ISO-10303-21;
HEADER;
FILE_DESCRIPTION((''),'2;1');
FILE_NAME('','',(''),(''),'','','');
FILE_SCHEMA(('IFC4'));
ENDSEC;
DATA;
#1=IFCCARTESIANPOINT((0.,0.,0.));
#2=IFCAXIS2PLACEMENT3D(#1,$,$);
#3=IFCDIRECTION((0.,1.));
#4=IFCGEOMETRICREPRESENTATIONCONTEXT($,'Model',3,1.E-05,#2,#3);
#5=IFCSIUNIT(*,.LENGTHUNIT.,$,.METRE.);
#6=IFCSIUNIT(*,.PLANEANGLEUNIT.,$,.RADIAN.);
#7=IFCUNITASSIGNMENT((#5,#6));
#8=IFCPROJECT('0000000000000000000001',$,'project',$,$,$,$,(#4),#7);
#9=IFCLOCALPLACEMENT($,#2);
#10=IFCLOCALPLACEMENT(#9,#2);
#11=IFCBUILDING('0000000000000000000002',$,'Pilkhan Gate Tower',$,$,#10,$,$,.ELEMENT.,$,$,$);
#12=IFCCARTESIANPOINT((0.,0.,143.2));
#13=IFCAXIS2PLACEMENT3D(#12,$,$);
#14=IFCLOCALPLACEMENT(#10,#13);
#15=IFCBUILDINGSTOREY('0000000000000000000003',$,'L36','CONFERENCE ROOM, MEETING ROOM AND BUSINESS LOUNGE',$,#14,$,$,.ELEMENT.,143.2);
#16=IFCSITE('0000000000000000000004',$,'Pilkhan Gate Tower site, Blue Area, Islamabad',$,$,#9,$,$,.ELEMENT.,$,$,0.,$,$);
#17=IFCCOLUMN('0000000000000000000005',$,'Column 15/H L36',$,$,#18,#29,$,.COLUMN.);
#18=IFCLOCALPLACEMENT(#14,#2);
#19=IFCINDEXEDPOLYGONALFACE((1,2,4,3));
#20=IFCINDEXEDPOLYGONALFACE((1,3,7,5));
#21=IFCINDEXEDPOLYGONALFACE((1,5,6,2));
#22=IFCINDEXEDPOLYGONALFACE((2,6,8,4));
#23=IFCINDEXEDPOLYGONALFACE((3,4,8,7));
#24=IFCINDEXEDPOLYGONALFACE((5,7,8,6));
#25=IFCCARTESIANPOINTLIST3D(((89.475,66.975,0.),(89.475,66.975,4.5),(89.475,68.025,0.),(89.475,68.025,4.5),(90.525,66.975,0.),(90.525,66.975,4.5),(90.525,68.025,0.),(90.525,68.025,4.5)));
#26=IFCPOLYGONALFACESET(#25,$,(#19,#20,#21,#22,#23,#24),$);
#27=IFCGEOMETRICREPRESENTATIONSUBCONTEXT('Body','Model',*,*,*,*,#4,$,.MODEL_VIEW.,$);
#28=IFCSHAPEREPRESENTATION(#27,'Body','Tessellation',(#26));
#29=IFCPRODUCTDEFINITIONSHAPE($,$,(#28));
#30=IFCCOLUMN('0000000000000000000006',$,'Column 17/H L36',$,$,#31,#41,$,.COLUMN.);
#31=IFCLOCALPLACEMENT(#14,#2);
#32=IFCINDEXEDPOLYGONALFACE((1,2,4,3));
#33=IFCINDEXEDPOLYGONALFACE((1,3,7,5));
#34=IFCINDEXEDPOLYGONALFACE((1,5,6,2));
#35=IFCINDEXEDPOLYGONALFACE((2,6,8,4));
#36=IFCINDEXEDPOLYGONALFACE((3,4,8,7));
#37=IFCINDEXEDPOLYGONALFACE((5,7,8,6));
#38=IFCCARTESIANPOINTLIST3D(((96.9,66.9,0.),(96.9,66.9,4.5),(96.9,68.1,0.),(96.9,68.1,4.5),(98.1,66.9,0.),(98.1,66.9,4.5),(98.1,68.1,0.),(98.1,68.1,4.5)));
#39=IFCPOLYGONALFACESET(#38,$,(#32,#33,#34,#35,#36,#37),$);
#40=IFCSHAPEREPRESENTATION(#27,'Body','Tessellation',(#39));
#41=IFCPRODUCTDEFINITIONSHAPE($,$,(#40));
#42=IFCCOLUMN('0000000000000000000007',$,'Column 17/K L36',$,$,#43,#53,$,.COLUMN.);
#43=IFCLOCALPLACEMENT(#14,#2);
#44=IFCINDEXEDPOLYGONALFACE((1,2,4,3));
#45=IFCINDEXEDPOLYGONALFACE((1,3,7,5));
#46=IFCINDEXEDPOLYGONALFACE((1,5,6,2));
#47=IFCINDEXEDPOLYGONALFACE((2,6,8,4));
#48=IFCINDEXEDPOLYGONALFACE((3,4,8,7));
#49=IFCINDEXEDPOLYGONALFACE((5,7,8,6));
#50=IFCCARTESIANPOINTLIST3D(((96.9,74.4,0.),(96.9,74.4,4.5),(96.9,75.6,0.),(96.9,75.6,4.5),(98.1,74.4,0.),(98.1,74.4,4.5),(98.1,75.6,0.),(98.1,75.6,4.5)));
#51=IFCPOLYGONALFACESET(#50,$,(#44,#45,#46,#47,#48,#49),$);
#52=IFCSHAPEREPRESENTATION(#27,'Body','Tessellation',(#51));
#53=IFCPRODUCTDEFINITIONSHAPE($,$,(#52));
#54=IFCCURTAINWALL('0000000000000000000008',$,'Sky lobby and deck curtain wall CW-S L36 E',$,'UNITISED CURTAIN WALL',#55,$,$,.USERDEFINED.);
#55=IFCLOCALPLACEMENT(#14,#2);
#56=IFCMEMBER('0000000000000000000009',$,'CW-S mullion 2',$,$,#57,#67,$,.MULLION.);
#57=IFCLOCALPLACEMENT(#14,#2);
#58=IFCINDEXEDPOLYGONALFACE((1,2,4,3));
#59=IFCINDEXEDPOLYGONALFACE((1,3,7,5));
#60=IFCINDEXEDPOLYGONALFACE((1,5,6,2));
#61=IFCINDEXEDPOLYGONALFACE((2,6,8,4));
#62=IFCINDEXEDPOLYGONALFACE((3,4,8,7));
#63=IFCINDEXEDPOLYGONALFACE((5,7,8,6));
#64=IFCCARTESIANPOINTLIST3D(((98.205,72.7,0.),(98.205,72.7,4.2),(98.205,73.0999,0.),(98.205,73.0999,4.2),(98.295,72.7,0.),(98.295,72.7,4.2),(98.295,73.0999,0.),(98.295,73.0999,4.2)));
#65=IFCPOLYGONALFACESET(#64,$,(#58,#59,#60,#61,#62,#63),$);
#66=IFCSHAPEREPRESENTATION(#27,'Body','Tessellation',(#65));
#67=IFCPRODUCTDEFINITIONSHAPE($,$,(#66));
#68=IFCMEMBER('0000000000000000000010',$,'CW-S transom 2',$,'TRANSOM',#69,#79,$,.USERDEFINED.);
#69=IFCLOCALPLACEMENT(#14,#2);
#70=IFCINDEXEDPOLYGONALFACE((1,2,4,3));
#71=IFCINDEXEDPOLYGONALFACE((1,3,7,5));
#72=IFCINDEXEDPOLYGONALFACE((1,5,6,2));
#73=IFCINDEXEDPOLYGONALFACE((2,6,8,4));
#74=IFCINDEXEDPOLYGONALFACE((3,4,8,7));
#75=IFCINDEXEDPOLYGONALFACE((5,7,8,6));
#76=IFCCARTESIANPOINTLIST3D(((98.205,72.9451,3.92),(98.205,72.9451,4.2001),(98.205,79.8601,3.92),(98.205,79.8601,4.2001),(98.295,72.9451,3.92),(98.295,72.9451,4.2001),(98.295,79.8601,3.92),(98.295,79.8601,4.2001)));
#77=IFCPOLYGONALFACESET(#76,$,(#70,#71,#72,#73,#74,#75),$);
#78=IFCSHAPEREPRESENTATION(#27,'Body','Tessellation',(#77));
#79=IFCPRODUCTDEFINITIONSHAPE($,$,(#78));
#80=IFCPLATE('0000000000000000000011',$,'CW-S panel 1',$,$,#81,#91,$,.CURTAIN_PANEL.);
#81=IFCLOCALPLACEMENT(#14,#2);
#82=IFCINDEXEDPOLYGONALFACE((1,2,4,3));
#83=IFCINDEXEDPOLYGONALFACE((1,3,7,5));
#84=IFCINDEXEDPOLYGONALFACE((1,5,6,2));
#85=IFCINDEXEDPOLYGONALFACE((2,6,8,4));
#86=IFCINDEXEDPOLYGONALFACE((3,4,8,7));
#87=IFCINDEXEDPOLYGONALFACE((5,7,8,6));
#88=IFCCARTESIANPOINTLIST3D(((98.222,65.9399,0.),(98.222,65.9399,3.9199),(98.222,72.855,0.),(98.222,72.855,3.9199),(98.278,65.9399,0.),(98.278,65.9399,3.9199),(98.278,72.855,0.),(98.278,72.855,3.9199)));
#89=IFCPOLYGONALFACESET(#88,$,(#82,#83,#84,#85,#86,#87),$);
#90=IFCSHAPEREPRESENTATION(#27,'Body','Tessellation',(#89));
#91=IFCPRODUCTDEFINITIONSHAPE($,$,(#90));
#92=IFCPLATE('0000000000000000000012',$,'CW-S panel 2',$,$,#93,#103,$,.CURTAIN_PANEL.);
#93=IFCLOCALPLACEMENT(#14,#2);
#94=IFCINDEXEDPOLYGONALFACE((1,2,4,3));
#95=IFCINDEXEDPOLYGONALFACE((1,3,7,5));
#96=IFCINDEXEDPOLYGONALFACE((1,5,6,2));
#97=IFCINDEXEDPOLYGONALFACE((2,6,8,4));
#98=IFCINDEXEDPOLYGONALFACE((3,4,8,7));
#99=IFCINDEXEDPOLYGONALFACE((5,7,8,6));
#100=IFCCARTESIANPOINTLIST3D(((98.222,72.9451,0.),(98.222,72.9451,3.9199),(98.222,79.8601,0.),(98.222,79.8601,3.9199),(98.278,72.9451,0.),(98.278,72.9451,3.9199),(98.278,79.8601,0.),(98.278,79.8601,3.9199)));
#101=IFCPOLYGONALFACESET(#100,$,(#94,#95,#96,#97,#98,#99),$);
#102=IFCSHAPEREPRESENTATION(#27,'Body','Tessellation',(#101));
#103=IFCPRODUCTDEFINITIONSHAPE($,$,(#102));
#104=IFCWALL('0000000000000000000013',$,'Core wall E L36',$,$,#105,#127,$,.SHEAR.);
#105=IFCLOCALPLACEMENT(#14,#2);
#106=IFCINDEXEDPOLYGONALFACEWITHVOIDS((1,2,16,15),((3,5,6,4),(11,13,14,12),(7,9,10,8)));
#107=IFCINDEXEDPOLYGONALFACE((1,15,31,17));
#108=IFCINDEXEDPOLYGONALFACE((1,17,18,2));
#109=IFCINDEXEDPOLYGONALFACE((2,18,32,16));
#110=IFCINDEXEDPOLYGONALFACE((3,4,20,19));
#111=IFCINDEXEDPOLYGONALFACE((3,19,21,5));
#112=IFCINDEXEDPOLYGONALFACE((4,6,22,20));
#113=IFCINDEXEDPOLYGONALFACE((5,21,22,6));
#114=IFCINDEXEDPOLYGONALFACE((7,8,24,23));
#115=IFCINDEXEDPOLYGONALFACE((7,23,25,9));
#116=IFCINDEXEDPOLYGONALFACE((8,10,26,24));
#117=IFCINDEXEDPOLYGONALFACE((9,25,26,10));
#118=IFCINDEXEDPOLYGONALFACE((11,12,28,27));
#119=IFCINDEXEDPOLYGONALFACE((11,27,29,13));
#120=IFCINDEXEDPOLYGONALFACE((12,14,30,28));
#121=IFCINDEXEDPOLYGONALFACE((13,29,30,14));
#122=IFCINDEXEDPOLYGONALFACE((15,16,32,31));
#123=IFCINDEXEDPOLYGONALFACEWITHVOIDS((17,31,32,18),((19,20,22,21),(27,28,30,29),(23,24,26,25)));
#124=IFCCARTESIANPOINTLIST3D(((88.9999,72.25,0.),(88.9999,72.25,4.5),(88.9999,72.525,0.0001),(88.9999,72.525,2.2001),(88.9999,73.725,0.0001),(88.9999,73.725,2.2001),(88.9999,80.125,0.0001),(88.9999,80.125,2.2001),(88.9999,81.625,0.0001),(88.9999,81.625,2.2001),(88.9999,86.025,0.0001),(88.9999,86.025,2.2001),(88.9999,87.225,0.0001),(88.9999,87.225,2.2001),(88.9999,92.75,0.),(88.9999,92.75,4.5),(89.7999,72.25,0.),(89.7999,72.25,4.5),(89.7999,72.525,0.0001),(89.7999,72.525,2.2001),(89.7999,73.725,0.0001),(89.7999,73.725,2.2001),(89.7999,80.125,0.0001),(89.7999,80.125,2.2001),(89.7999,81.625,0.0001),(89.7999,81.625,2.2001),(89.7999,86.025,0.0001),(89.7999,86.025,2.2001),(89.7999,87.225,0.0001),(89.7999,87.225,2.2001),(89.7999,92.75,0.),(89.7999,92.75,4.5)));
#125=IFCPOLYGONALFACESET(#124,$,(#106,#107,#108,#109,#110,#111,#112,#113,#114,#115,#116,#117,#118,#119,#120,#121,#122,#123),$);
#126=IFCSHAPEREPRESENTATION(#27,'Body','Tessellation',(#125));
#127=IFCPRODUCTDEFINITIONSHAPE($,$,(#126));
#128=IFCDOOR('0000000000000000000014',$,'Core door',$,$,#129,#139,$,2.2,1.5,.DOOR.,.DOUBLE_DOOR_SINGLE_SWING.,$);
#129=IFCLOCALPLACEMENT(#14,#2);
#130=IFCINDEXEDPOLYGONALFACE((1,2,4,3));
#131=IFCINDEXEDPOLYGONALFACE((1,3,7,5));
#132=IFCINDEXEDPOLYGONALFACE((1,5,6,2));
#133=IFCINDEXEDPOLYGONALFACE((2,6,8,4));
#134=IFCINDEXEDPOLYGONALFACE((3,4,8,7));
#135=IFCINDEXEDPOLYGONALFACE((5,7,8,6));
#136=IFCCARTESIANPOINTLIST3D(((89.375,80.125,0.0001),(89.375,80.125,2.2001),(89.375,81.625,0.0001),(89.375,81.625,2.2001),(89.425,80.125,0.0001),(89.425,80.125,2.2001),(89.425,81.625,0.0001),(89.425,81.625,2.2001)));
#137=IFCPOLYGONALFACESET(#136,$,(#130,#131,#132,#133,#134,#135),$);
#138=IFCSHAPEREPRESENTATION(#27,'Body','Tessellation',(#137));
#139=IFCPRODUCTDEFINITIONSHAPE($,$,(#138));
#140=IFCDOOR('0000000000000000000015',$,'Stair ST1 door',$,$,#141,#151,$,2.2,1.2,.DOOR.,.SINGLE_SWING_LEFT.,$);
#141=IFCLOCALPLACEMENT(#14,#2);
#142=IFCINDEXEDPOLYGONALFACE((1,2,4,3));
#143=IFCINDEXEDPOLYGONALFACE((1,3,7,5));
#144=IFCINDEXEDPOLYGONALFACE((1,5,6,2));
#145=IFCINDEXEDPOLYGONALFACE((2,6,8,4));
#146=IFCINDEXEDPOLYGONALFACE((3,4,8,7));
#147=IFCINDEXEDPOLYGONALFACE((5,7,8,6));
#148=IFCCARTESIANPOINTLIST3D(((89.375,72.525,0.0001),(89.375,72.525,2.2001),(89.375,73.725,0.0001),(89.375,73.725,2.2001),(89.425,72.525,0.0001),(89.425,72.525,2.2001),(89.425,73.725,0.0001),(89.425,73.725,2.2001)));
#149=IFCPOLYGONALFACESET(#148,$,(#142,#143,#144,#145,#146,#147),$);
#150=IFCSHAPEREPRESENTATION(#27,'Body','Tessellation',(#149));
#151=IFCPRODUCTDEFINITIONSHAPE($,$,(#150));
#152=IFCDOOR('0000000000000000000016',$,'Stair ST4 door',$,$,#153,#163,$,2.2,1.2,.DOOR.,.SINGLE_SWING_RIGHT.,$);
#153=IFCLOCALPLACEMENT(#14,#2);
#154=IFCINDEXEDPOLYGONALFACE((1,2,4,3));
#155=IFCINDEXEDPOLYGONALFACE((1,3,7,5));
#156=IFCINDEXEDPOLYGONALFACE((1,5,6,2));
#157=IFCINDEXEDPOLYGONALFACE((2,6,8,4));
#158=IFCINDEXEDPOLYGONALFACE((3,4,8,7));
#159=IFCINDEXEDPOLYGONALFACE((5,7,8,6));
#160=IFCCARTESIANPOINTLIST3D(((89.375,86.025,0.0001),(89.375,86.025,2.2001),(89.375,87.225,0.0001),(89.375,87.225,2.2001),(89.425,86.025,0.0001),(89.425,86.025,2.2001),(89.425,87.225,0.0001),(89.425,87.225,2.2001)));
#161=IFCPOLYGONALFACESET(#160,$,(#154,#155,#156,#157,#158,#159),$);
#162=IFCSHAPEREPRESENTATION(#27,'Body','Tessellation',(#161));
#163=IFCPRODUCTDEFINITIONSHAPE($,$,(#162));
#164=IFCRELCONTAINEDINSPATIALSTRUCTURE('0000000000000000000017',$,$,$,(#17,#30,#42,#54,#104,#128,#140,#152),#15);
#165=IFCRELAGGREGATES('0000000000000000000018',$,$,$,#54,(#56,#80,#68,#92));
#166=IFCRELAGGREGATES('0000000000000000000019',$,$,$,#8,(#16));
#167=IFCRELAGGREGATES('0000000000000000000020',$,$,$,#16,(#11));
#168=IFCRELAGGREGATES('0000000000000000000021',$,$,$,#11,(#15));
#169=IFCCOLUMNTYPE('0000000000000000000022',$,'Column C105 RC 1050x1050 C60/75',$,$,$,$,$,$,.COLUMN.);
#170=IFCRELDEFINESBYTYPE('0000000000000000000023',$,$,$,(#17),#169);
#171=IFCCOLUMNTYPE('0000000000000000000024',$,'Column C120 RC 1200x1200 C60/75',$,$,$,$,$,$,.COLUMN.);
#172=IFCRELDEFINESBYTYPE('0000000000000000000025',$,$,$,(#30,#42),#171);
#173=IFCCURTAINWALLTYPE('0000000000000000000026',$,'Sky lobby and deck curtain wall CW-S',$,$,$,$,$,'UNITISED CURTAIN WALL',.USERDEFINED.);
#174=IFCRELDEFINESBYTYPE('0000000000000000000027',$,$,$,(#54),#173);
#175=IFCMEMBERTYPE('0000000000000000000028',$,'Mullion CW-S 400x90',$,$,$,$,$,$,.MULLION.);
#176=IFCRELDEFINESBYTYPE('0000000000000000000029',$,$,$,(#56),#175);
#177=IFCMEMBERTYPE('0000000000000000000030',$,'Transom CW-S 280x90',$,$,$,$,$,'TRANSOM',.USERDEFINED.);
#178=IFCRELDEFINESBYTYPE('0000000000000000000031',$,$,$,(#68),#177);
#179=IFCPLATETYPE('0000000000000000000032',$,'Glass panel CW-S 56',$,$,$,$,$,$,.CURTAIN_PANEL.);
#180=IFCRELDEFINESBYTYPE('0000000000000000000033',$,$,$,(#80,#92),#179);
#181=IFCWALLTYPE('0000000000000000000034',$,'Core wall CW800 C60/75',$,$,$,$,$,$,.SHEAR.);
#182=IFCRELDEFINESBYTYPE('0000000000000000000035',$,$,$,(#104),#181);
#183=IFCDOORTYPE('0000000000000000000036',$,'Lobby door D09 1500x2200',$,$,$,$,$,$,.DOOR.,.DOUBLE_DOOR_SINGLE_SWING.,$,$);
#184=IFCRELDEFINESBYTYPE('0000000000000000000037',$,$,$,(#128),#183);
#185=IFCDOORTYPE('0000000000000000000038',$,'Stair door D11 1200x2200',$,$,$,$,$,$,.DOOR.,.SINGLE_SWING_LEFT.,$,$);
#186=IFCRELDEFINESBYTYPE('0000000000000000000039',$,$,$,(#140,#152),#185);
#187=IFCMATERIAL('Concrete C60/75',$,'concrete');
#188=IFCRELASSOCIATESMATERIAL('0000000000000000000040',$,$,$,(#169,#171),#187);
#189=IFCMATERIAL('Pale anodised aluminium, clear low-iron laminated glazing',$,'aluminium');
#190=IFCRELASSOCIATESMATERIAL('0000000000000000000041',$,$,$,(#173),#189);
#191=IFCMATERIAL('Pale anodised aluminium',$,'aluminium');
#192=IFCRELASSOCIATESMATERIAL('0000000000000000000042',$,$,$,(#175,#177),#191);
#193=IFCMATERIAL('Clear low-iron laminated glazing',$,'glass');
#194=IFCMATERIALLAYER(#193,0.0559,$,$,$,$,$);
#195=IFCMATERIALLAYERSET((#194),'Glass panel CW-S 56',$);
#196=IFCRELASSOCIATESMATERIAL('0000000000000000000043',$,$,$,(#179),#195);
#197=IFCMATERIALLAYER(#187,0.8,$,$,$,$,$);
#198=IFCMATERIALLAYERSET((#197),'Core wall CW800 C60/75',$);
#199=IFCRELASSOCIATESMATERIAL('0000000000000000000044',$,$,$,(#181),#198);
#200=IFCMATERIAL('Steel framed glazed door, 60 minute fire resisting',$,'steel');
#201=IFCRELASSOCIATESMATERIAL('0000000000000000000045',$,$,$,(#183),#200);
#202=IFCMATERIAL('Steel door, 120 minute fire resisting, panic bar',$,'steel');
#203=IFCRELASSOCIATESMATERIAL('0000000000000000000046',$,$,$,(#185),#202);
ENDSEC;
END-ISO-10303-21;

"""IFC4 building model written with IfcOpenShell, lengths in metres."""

from ifc_helpers import new_model, si_unit, direction, frame, frame_2d, origin, origin_2d, place, context, subcontext, project, spatial, rectangle, extrude, material, layer, layer_set, material_profile, profile_set, type_object, element, fill, aggregate, save


model = new_model("IFC4")

# Units and contexts
model_context = context("Model", 3, precision=1e-05, world=origin(), true_north=direction((0.0, 1.0)))
body_context = subcontext(model_context, "Body", "Model", "MODEL_VIEW")
ifc_project = project(units=[si_unit("LENGTHUNIT", "METRE"), si_unit("PLANEANGLEUNIT", "RADIAN")], contexts=[model_context])

# Site, building, storey
site_placement = place(None, origin())
site = spatial("IfcSite", under=ifc_project, at=site_placement, Name="Pilkhan Gate Tower site, Blue Area, Islamabad", CompositionType="ELEMENT", RefElevation=0.0)
building_placement = place(site_placement, origin())
building = spatial("IfcBuilding", under=site, at=building_placement, Name="Pilkhan Gate Tower", CompositionType="ELEMENT")
storey_placement = place(building_placement, frame((0.0, 0.0, 143.2)))
storey = spatial("IfcBuildingStorey", under=building, at=storey_placement, Name="L36", Description="CONFERENCE ROOM, MEETING ROOM AND BUSINESS LOUNGE", CompositionType="ELEMENT", Elevation=143.2)

# Columns
ifc_material_1 = material(Name="Concrete C60/75", Category="concrete")
ifc_material_profile_1 = material_profile(ifc_material_1, rectangle(XDim=1.05, YDim=1.05, at=origin_2d()), Name="RC 1050x1050")
ifc_profile_set_1 = profile_set([ifc_material_profile_1], Name="Concrete C60/75")
column_type_1 = type_object("IfcColumnType", Name="Column C105 RC 1050x1050 C60/75", PredefinedType="COLUMN", material=ifc_profile_set_1)
column_placement = place(storey_placement, frame((90.0, 67.5, 0.0), z_axis=(0.0, 0.0, 1.0), x_axis=(1.0, 0.0, 0.0)))
element("IfcColumn", 1, at=column_placement, inside=storey, type_object=column_type_1, Name="Column 15/H L36", PredefinedType="COLUMN", context=body_context, shape_type="SweptSolid", body=[
    extrude(rectangle(XDim=1.05, YDim=1.05, at=origin_2d()), origin(), (0.0, 0.0, 1.0), 4.5),
])
ifc_material_profile_2 = material_profile(ifc_material_1, rectangle(XDim=1.2, YDim=1.2, at=origin_2d()), Name="RC 1200x1200")
ifc_profile_set_2 = profile_set([ifc_material_profile_2], Name="Concrete C60/75")
column_type_2 = type_object("IfcColumnType", Name="Column C120 RC 1200x1200 C60/75", PredefinedType="COLUMN", material=ifc_profile_set_2)
for number, where, z_axis, x_axis, name in (
    (2, (97.5, 67.5, 0.0), (0.0, 0.0, 1.0), (1.0, 0.0, 0.0), "Column 17/H L36"),
    (3, (97.5, 75.0, 0.0), (0.0, 0.0, 1.0), (1.0, 0.0, 0.0), "Column 17/K L36"),
):
    element("IfcColumn", number, at=place(storey_placement, frame(where, z_axis=z_axis, x_axis=x_axis)), inside=storey, type_object=column_type_2, Name=name, PredefinedType="COLUMN", context=body_context, shape_type="SweptSolid", body=[
        extrude(rectangle(XDim=1.2, YDim=1.2, at=origin_2d()), origin(), (0.0, 0.0, 1.0), 4.5),
    ])

# Curtain wall, members, plates
ifc_material_2 = material(Name="Pale anodised aluminium, clear low-iron laminated glazing", Category="aluminium")
curtain_wall_type = type_object("IfcCurtainWallType", Name="Sky lobby and deck curtain wall CW-S", ElementType="UNITISED CURTAIN WALL", PredefinedType="USERDEFINED", material=ifc_material_2)
curtain_wall_placement = place(storey_placement, origin())
curtain_wall = element("IfcCurtainWall", 4, at=curtain_wall_placement, inside=storey, type_object=curtain_wall_type, Name="Sky lobby and deck curtain wall CW-S L36 E", ObjectType="UNITISED CURTAIN WALL", PredefinedType="USERDEFINED")
ifc_material_3 = material(Name="Pale anodised aluminium", Category="aluminium")
ifc_material_profile_3 = material_profile(ifc_material_3, rectangle(XDim=0.0901, YDim=0.3999, at=origin_2d()), Name="Mullion 400x90")
ifc_profile_set_3 = profile_set([ifc_material_profile_3], Name="Pale anodised aluminium")
member_type_1 = type_object("IfcMemberType", Name="Mullion CW-S 400x90", PredefinedType="MULLION", material=ifc_profile_set_3)
member_1_placement = place(storey_placement, frame((98.25, 72.8999, 0.0), z_axis=(0.0, 0.0, 1.0), x_axis=(-1.0, 0.0, 0.0)))
member_1 = element("IfcMember", 5, at=member_1_placement, type_object=member_type_1, Name="CW-S mullion 2", PredefinedType="MULLION", context=body_context, shape_type="SweptSolid", body=[
    extrude(rectangle(XDim=0.0901, YDim=0.3999, at=origin_2d()), origin(), (0.0, 0.0, 1.0), 4.2),
])
ifc_material_profile_4 = material_profile(ifc_material_3, rectangle(XDim=0.0901, YDim=0.28, at=origin_2d()), Name="Transom 280x90")
ifc_profile_set_4 = profile_set([ifc_material_profile_4], Name="Pale anodised aluminium")
member_type_2 = type_object("IfcMemberType", Name="Transom CW-S 280x90", ElementType="TRANSOM", PredefinedType="USERDEFINED", material=ifc_profile_set_4)
member_2_placement = place(storey_placement, frame((98.25, 72.9451, 4.0601), z_axis=(0.0, 1.0, 0.0), x_axis=(-1.0, 0.0, 0.0)))
member_2 = element("IfcMember", 6, at=member_2_placement, type_object=member_type_2, Name="CW-S transom 2", ObjectType="TRANSOM", PredefinedType="USERDEFINED", context=body_context, shape_type="SweptSolid", body=[
    extrude(rectangle(XDim=0.0901, YDim=0.28, at=origin_2d()), origin(), (0.0, 0.0, 1.0), 6.915),
])
ifc_material_4 = material(Name="Clear low-iron laminated glazing", Category="glass")
ifc_layer_1 = layer(ifc_material_4, 0.0559)
ifc_layer_set_1 = layer_set([ifc_layer_1], Name="Glass panel CW-S 56")
plate_type = type_object("IfcPlateType", Name="Glass panel CW-S 56", PredefinedType="CURTAIN_PANEL", material=ifc_layer_set_1)
plate_1_placement = place(storey_placement, frame((98.25, 69.3975, 0.0), z_axis=(0.0, 0.0, 1.0), x_axis=(0.0, 1.0, 0.0)))
plate_1 = element("IfcPlate", 7, at=plate_1_placement, type_object=plate_type, Name="CW-S panel 1", PredefinedType="CURTAIN_PANEL", context=body_context, shape_type="SweptSolid", body=[
    extrude(rectangle(XDim=6.915, YDim=0.0559, at=origin_2d()), origin(), (0.0, 0.0, 1.0), 3.9199),
])
plate_2_placement = place(storey_placement, frame((98.25, 76.4026, 0.0), z_axis=(0.0, 0.0, 1.0), x_axis=(0.0, 1.0, 0.0)))
plate_2 = element("IfcPlate", 8, at=plate_2_placement, type_object=plate_type, Name="CW-S panel 2", PredefinedType="CURTAIN_PANEL", context=body_context, shape_type="SweptSolid", body=[
    extrude(rectangle(XDim=6.915, YDim=0.0559, at=origin_2d()), origin(), (0.0, 0.0, 1.0), 3.9199),
])
aggregate(curtain_wall, [member_1, plate_1, member_2, plate_2])

# Wall, openings, doors
ifc_layer_2 = layer(ifc_material_1, 0.8)
ifc_layer_set_2 = layer_set([ifc_layer_2], Name="Core wall CW800 C60/75")
wall_type_1 = type_object("IfcWallType", Name="Core wall CW800 C60/75", PredefinedType="SHEAR", material=ifc_layer_set_2)
wall_1_placement = place(storey_placement, frame((89.3999, 72.25, 0.0), z_axis=(0.0, 0.0, 1.0), x_axis=(0.0, 1.0, 0.0)))
wall_1 = element("IfcWall", 9, at=wall_1_placement, inside=storey, type_object=wall_type_1, Name="Core wall E L36", PredefinedType="SHEAR", context=body_context, shape_type="SweptSolid", body=[
    extrude(rectangle(XDim=20.5, YDim=0.8, at=frame_2d((10.25, 0.0))), origin(), (0.0, 0.0, 1.0), 4.5),
])
opening_1_placement = place(wall_1_placement, frame((0.2749, 0.0, 0.0)))
opening_1 = element("IfcOpeningElement", 10, at=opening_1_placement, cuts=wall_1, PredefinedType="OPENING", context=body_context, shape_type="SweptSolid", body=[
    extrude(rectangle(XDim=1.2, YDim=2.2, at=frame_2d((0.6001, 1.1001))), frame((0.0, 0.4099, 0.0), z_axis=(0.0, -1.0, 0.0), x_axis=(1.0, 0.0, 0.0)), (0.0, 0.0, 1.0), 0.8201),
])
opening_2_placement = place(wall_1_placement, frame((13.7749, 0.0, 0.0)))
opening_2 = element("IfcOpeningElement", 11, at=opening_2_placement, cuts=wall_1, PredefinedType="OPENING", context=body_context, shape_type="SweptSolid", body=[
    extrude(rectangle(XDim=1.2, YDim=2.2, at=frame_2d((0.6001, 1.1001))), frame((0.0, 0.4099, 0.0), z_axis=(0.0, -1.0, 0.0), x_axis=(1.0, 0.0, 0.0)), (0.0, 0.0, 1.0), 0.8201),
])
opening_3_placement = place(wall_1_placement, frame((7.875, 0.0, 0.0)))
opening_3 = element("IfcOpeningElement", 12, at=opening_3_placement, cuts=wall_1, PredefinedType="OPENING", context=body_context, shape_type="SweptSolid", body=[
    extrude(rectangle(XDim=1.5, YDim=2.2, at=frame_2d((0.75, 1.1001))), frame((0.0, 0.4099, 0.0), z_axis=(0.0, -1.0, 0.0), x_axis=(1.0, 0.0, 0.0)), (0.0, 0.0, 1.0), 0.8201),
])
ifc_material_5 = material(Name="Steel framed glazed door, 60 minute fire resisting", Category="steel")
door_type_1 = type_object("IfcDoorType", Name="Lobby door D09 1500x2200", OperationType="DOUBLE_DOOR_SINGLE_SWING", PredefinedType="DOOR", material=ifc_material_5)
door_1_placement = place(opening_3_placement, origin())
door_1 = element("IfcDoor", 13, at=door_1_placement, inside=storey, type_object=door_type_1, Name="Core door", OperationType="DOUBLE_DOOR_SINGLE_SWING", OverallHeight=2.2, OverallWidth=1.5, PredefinedType="DOOR", context=body_context, shape_type="SweptSolid", body=[
    extrude(rectangle(XDim=1.5, YDim=2.2, at=frame_2d((0.75, 1.1001))), frame((0.0, 0.0249, 0.0), z_axis=(0.0, -1.0, 0.0), x_axis=(1.0, 0.0, 0.0)), (0.0, 0.0, 1.0), 0.05),
])
fill(opening_3, door_1)
ifc_material_6 = material(Name="Steel door, 120 minute fire resisting, panic bar", Category="steel")
door_type_2 = type_object("IfcDoorType", Name="Stair door D11 1200x2200", OperationType="SINGLE_SWING_LEFT", PredefinedType="DOOR", material=ifc_material_6)
door_2_placement = place(opening_1_placement, origin())
door_2 = element("IfcDoor", 14, at=door_2_placement, inside=storey, type_object=door_type_2, Name="Stair ST1 door", OperationType="SINGLE_SWING_LEFT", OverallHeight=2.2, OverallWidth=1.2, PredefinedType="DOOR", context=body_context, shape_type="SweptSolid", body=[
    extrude(rectangle(XDim=1.2, YDim=2.2, at=frame_2d((0.6001, 1.1001))), frame((0.0, 0.0249, 0.0), z_axis=(0.0, -1.0, 0.0), x_axis=(1.0, 0.0, 0.0)), (0.0, 0.0, 1.0), 0.05),
])
fill(opening_1, door_2)
door_3_placement = place(opening_2_placement, origin())
door_3 = element("IfcDoor", 15, at=door_3_placement, inside=storey, type_object=door_type_2, Name="Stair ST4 door", OperationType="SINGLE_SWING_RIGHT", OverallHeight=2.2, OverallWidth=1.2, PredefinedType="DOOR", context=body_context, shape_type="SweptSolid", body=[
    extrude(rectangle(XDim=1.2, YDim=2.2, at=frame_2d((0.6001, 1.1001))), frame((0.0, 0.0249, 0.0), z_axis=(0.0, -1.0, 0.0), x_axis=(1.0, 0.0, 0.0)), (0.0, 0.0, 1.0), 0.05),
])
fill(opening_2, door_3)

save(model, "model.ifc")
